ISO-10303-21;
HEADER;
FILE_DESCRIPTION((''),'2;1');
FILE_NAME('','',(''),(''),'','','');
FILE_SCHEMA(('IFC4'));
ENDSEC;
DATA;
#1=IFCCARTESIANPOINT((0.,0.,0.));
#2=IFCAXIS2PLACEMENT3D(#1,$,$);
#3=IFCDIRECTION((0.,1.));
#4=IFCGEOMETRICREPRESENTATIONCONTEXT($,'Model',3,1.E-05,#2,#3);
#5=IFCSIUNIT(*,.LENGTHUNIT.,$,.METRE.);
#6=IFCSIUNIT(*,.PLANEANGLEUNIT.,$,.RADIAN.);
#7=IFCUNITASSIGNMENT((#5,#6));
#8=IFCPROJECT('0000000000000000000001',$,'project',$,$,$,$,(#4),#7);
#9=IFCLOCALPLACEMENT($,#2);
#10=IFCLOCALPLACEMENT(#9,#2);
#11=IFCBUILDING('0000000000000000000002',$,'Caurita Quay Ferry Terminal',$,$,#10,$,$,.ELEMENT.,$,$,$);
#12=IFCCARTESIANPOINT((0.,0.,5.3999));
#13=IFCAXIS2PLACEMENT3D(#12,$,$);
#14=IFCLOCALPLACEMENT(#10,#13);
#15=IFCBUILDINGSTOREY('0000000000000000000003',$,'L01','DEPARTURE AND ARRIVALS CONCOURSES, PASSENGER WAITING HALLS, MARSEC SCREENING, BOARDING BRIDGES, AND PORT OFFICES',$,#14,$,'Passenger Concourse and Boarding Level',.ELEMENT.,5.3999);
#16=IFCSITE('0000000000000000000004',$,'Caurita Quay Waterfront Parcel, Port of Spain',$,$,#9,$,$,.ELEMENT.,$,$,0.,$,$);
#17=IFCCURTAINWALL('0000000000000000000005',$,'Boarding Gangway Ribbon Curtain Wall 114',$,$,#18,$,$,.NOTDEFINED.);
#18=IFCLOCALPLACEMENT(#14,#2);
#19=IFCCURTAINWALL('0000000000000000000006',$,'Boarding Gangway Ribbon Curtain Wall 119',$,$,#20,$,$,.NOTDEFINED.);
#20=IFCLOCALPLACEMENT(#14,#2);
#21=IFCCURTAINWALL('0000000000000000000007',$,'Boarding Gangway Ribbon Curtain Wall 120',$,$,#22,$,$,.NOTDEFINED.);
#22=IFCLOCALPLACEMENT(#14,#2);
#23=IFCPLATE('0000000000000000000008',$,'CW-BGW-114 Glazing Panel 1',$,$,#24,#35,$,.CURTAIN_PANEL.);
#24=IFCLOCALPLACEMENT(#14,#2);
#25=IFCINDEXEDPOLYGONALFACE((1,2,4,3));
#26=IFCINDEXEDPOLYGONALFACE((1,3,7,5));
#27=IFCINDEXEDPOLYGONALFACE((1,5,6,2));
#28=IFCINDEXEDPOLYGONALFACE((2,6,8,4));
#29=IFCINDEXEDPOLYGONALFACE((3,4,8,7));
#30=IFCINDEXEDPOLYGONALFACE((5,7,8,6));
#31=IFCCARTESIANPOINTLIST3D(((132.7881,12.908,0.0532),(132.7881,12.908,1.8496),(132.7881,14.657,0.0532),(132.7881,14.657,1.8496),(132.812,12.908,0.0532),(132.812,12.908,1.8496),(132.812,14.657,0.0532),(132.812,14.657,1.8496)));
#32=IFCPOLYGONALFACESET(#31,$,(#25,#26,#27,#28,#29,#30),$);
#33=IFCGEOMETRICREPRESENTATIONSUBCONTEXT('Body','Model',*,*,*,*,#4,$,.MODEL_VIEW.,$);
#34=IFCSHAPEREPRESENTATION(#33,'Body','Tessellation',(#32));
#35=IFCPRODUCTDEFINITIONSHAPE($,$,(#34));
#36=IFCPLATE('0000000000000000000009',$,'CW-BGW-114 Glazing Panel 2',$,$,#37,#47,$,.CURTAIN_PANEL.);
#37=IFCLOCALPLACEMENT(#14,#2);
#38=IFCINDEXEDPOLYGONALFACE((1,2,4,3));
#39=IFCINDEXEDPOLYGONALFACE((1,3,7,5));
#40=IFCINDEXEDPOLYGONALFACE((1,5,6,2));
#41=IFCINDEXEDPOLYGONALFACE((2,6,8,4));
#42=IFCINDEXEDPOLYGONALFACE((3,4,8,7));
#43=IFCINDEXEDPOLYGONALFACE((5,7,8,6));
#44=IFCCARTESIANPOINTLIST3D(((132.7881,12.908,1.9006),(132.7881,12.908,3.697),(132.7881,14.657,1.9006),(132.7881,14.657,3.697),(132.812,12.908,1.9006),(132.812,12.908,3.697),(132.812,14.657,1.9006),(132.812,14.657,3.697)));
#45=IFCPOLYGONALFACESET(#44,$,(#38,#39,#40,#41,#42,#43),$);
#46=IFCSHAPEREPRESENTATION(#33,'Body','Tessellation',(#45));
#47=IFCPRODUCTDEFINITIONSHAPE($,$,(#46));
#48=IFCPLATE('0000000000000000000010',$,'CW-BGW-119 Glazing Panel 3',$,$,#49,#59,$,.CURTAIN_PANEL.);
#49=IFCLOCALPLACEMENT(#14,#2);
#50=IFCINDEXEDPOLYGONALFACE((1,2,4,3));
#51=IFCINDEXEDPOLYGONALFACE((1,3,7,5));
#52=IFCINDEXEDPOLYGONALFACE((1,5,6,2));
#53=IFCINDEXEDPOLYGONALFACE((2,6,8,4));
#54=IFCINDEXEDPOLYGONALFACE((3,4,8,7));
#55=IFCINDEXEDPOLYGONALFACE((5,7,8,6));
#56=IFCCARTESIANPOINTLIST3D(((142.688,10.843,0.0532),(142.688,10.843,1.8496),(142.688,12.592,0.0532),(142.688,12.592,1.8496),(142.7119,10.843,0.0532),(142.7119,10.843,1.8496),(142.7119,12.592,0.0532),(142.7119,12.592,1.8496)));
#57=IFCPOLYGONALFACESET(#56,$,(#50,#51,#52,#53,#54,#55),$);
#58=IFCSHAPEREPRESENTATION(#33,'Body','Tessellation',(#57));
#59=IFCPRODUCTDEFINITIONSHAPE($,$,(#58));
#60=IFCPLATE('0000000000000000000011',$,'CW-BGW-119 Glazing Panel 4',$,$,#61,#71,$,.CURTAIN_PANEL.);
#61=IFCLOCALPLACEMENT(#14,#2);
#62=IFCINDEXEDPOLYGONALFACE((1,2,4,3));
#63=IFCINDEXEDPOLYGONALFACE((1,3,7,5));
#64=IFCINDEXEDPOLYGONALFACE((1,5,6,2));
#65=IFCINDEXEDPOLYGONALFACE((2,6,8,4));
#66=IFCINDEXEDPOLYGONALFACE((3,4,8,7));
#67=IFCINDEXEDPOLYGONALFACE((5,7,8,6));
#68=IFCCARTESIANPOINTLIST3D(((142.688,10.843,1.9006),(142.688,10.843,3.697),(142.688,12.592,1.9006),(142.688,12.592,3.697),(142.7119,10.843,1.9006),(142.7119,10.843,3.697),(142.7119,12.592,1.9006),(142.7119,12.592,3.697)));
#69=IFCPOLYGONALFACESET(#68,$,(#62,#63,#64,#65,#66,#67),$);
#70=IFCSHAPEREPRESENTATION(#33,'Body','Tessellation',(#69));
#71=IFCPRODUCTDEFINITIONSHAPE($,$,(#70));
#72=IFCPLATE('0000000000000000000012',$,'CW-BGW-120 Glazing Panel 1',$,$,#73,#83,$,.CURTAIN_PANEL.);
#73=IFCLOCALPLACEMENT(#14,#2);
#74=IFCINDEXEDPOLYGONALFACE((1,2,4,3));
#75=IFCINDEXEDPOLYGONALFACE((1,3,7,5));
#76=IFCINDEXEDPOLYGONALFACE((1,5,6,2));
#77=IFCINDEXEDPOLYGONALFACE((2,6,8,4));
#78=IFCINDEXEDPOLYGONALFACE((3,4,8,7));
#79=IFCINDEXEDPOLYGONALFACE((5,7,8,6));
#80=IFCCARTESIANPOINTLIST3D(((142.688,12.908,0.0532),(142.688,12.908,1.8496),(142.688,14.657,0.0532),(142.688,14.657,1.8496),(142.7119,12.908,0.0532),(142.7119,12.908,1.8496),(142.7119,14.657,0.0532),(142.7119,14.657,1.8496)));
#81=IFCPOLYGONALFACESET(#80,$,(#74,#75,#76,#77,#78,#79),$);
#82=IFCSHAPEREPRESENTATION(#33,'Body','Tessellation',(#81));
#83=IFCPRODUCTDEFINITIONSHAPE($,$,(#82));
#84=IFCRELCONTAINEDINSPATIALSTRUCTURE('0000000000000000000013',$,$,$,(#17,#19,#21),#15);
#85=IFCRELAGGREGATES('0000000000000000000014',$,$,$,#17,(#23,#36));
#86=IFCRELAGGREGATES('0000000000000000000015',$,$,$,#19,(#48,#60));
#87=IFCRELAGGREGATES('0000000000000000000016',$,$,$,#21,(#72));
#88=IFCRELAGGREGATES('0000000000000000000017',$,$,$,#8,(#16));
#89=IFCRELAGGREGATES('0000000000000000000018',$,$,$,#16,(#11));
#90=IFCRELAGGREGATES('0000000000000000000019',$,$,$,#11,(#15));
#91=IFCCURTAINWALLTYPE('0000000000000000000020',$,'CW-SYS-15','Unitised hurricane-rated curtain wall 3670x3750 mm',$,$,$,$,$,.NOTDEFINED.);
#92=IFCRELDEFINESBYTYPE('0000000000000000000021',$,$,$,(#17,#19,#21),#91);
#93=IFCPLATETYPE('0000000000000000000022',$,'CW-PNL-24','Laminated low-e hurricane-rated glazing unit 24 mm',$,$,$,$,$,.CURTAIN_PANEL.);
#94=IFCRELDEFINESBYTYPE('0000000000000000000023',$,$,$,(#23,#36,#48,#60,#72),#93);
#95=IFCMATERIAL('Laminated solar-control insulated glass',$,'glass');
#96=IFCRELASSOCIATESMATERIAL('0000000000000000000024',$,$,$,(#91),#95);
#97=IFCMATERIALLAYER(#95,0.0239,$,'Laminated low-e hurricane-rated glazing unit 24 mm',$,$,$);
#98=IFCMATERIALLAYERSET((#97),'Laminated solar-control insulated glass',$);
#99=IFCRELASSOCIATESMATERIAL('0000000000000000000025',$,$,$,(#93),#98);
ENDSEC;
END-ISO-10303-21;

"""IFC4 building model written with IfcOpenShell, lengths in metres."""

from ifc_helpers import new_model, si_unit, direction, frame, origin, origin_2d, place, context, subcontext, project, spatial, rectangle, extrude, material, layer, layer_set, type_object, element, aggregate, save


model = new_model("IFC4")

# Units and contexts
model_context = context("Model", 3, precision=1e-05, world=origin(), true_north=direction((0.0, 1.0)))
body_context = subcontext(model_context, "Body", "Model", "MODEL_VIEW")
ifc_project = project(units=[si_unit("LENGTHUNIT", "METRE"), si_unit("PLANEANGLEUNIT", "RADIAN")], contexts=[model_context])

# Site, building, storey
site_placement = place(None, origin())
site = spatial("IfcSite", under=ifc_project, at=site_placement, Name="Caurita Quay Waterfront Parcel, Port of Spain", CompositionType="ELEMENT", RefElevation=0.0)
building_placement = place(site_placement, origin())
building = spatial("IfcBuilding", under=site, at=building_placement, Name="Caurita Quay Ferry Terminal", CompositionType="ELEMENT")
storey_placement = place(building_placement, frame((0.0, 0.0, 5.3999)))
storey = spatial("IfcBuildingStorey", under=building, at=storey_placement, Name="L01", Description="DEPARTURE AND ARRIVALS CONCOURSES, PASSENGER WAITING HALLS, MARSEC SCREENING, BOARDING BRIDGES, AND PORT OFFICES", LongName="Passenger Concourse and Boarding Level", CompositionType="ELEMENT", Elevation=5.3999)

# Shared definitions
ifc_material_1 = material(Name="Laminated solar-control insulated glass", Category="glass")
curtain_wall_type = type_object("IfcCurtainWallType", Name="CW-SYS-15", Description="Unitised hurricane-rated curtain wall 3670x3750 mm", PredefinedType="NOTDEFINED", material=ifc_material_1)

# Curtain wall
curtain_wall_1_placement = place(storey_placement, origin())
curtain_wall_1 = element("IfcCurtainWall", 1, at=curtain_wall_1_placement, inside=storey, type_object=curtain_wall_type, Name="Boarding Gangway Ribbon Curtain Wall 114", PredefinedType="NOTDEFINED")

# Curtain wall
curtain_wall_2_placement = place(storey_placement, origin())
curtain_wall_2 = element("IfcCurtainWall", 2, at=curtain_wall_2_placement, inside=storey, type_object=curtain_wall_type, Name="Boarding Gangway Ribbon Curtain Wall 119", PredefinedType="NOTDEFINED")

# Curtain wall
curtain_wall_3_placement = place(storey_placement, origin())
curtain_wall_3 = element("IfcCurtainWall", 3, at=curtain_wall_3_placement, inside=storey, type_object=curtain_wall_type, Name="Boarding Gangway Ribbon Curtain Wall 120", PredefinedType="NOTDEFINED")

# Plates
ifc_layer = layer(ifc_material_1, 0.0239, Name="Laminated low-e hurricane-rated glazing unit 24 mm")
ifc_layer_set = layer_set([ifc_layer], Name="Laminated solar-control insulated glass")
plate_type = type_object("IfcPlateType", Name="CW-PNL-24", Description="Laminated low-e hurricane-rated glazing unit 24 mm", PredefinedType="CURTAIN_PANEL", material=ifc_layer_set)
plate_1_placement = place(storey_placement, frame((132.8, 13.7825, 0.0532), z_axis=(0.0, 0.0, 1.0), x_axis=(0.0, 1.0, 0.0)))
plate_1 = element("IfcPlate", 4, at=plate_1_placement, type_object=plate_type, Name="CW-BGW-114 Glazing Panel 1", PredefinedType="CURTAIN_PANEL", context=body_context, shape_type="SweptSolid", body=[
    extrude(rectangle(XDim=1.749, YDim=0.0239, at=origin_2d()), origin(), (0.0, 0.0, 1.0), 1.7964),
])
plate_2_placement = place(storey_placement, frame((132.8, 13.7825, 1.9006), z_axis=(0.0, 0.0, 1.0), x_axis=(0.0, 1.0, 0.0)))
plate_2 = element("IfcPlate", 5, at=plate_2_placement, type_object=plate_type, Name="CW-BGW-114 Glazing Panel 2", PredefinedType="CURTAIN_PANEL", context=body_context, shape_type="SweptSolid", body=[
    extrude(rectangle(XDim=1.749, YDim=0.0239, at=origin_2d()), origin(), (0.0, 0.0, 1.0), 1.7964),
])
aggregate(curtain_wall_1, [plate_1, plate_2])
plate_3_placement = place(storey_placement, frame((142.7, 11.7175, 0.0532), z_axis=(0.0, 0.0, 1.0), x_axis=(0.0, 1.0, 0.0)))
plate_3 = element("IfcPlate", 6, at=plate_3_placement, type_object=plate_type, Name="CW-BGW-119 Glazing Panel 3", PredefinedType="CURTAIN_PANEL", context=body_context, shape_type="SweptSolid", body=[
    extrude(rectangle(XDim=1.749, YDim=0.0239, at=origin_2d()), origin(), (0.0, 0.0, 1.0), 1.7964),
])
plate_4_placement = place(storey_placement, frame((142.7, 11.7175, 1.9006), z_axis=(0.0, 0.0, 1.0), x_axis=(0.0, 1.0, 0.0)))
plate_4 = element("IfcPlate", 7, at=plate_4_placement, type_object=plate_type, Name="CW-BGW-119 Glazing Panel 4", PredefinedType="CURTAIN_PANEL", context=body_context, shape_type="SweptSolid", body=[
    extrude(rectangle(XDim=1.749, YDim=0.0239, at=origin_2d()), origin(), (0.0, 0.0, 1.0), 1.7964),
])
aggregate(curtain_wall_2, [plate_3, plate_4])
plate_5_placement = place(storey_placement, frame((142.7, 13.7825, 0.0532), z_axis=(0.0, 0.0, 1.0), x_axis=(0.0, 1.0, 0.0)))
plate_5 = element("IfcPlate", 8, at=plate_5_placement, type_object=plate_type, Name="CW-BGW-120 Glazing Panel 1", PredefinedType="CURTAIN_PANEL", context=body_context, shape_type="SweptSolid", body=[
    extrude(rectangle(XDim=1.749, YDim=0.0239, at=origin_2d()), origin(), (0.0, 0.0, 1.0), 1.7964),
])
aggregate(curtain_wall_3, [plate_5])

save(model, "model.ifc")
